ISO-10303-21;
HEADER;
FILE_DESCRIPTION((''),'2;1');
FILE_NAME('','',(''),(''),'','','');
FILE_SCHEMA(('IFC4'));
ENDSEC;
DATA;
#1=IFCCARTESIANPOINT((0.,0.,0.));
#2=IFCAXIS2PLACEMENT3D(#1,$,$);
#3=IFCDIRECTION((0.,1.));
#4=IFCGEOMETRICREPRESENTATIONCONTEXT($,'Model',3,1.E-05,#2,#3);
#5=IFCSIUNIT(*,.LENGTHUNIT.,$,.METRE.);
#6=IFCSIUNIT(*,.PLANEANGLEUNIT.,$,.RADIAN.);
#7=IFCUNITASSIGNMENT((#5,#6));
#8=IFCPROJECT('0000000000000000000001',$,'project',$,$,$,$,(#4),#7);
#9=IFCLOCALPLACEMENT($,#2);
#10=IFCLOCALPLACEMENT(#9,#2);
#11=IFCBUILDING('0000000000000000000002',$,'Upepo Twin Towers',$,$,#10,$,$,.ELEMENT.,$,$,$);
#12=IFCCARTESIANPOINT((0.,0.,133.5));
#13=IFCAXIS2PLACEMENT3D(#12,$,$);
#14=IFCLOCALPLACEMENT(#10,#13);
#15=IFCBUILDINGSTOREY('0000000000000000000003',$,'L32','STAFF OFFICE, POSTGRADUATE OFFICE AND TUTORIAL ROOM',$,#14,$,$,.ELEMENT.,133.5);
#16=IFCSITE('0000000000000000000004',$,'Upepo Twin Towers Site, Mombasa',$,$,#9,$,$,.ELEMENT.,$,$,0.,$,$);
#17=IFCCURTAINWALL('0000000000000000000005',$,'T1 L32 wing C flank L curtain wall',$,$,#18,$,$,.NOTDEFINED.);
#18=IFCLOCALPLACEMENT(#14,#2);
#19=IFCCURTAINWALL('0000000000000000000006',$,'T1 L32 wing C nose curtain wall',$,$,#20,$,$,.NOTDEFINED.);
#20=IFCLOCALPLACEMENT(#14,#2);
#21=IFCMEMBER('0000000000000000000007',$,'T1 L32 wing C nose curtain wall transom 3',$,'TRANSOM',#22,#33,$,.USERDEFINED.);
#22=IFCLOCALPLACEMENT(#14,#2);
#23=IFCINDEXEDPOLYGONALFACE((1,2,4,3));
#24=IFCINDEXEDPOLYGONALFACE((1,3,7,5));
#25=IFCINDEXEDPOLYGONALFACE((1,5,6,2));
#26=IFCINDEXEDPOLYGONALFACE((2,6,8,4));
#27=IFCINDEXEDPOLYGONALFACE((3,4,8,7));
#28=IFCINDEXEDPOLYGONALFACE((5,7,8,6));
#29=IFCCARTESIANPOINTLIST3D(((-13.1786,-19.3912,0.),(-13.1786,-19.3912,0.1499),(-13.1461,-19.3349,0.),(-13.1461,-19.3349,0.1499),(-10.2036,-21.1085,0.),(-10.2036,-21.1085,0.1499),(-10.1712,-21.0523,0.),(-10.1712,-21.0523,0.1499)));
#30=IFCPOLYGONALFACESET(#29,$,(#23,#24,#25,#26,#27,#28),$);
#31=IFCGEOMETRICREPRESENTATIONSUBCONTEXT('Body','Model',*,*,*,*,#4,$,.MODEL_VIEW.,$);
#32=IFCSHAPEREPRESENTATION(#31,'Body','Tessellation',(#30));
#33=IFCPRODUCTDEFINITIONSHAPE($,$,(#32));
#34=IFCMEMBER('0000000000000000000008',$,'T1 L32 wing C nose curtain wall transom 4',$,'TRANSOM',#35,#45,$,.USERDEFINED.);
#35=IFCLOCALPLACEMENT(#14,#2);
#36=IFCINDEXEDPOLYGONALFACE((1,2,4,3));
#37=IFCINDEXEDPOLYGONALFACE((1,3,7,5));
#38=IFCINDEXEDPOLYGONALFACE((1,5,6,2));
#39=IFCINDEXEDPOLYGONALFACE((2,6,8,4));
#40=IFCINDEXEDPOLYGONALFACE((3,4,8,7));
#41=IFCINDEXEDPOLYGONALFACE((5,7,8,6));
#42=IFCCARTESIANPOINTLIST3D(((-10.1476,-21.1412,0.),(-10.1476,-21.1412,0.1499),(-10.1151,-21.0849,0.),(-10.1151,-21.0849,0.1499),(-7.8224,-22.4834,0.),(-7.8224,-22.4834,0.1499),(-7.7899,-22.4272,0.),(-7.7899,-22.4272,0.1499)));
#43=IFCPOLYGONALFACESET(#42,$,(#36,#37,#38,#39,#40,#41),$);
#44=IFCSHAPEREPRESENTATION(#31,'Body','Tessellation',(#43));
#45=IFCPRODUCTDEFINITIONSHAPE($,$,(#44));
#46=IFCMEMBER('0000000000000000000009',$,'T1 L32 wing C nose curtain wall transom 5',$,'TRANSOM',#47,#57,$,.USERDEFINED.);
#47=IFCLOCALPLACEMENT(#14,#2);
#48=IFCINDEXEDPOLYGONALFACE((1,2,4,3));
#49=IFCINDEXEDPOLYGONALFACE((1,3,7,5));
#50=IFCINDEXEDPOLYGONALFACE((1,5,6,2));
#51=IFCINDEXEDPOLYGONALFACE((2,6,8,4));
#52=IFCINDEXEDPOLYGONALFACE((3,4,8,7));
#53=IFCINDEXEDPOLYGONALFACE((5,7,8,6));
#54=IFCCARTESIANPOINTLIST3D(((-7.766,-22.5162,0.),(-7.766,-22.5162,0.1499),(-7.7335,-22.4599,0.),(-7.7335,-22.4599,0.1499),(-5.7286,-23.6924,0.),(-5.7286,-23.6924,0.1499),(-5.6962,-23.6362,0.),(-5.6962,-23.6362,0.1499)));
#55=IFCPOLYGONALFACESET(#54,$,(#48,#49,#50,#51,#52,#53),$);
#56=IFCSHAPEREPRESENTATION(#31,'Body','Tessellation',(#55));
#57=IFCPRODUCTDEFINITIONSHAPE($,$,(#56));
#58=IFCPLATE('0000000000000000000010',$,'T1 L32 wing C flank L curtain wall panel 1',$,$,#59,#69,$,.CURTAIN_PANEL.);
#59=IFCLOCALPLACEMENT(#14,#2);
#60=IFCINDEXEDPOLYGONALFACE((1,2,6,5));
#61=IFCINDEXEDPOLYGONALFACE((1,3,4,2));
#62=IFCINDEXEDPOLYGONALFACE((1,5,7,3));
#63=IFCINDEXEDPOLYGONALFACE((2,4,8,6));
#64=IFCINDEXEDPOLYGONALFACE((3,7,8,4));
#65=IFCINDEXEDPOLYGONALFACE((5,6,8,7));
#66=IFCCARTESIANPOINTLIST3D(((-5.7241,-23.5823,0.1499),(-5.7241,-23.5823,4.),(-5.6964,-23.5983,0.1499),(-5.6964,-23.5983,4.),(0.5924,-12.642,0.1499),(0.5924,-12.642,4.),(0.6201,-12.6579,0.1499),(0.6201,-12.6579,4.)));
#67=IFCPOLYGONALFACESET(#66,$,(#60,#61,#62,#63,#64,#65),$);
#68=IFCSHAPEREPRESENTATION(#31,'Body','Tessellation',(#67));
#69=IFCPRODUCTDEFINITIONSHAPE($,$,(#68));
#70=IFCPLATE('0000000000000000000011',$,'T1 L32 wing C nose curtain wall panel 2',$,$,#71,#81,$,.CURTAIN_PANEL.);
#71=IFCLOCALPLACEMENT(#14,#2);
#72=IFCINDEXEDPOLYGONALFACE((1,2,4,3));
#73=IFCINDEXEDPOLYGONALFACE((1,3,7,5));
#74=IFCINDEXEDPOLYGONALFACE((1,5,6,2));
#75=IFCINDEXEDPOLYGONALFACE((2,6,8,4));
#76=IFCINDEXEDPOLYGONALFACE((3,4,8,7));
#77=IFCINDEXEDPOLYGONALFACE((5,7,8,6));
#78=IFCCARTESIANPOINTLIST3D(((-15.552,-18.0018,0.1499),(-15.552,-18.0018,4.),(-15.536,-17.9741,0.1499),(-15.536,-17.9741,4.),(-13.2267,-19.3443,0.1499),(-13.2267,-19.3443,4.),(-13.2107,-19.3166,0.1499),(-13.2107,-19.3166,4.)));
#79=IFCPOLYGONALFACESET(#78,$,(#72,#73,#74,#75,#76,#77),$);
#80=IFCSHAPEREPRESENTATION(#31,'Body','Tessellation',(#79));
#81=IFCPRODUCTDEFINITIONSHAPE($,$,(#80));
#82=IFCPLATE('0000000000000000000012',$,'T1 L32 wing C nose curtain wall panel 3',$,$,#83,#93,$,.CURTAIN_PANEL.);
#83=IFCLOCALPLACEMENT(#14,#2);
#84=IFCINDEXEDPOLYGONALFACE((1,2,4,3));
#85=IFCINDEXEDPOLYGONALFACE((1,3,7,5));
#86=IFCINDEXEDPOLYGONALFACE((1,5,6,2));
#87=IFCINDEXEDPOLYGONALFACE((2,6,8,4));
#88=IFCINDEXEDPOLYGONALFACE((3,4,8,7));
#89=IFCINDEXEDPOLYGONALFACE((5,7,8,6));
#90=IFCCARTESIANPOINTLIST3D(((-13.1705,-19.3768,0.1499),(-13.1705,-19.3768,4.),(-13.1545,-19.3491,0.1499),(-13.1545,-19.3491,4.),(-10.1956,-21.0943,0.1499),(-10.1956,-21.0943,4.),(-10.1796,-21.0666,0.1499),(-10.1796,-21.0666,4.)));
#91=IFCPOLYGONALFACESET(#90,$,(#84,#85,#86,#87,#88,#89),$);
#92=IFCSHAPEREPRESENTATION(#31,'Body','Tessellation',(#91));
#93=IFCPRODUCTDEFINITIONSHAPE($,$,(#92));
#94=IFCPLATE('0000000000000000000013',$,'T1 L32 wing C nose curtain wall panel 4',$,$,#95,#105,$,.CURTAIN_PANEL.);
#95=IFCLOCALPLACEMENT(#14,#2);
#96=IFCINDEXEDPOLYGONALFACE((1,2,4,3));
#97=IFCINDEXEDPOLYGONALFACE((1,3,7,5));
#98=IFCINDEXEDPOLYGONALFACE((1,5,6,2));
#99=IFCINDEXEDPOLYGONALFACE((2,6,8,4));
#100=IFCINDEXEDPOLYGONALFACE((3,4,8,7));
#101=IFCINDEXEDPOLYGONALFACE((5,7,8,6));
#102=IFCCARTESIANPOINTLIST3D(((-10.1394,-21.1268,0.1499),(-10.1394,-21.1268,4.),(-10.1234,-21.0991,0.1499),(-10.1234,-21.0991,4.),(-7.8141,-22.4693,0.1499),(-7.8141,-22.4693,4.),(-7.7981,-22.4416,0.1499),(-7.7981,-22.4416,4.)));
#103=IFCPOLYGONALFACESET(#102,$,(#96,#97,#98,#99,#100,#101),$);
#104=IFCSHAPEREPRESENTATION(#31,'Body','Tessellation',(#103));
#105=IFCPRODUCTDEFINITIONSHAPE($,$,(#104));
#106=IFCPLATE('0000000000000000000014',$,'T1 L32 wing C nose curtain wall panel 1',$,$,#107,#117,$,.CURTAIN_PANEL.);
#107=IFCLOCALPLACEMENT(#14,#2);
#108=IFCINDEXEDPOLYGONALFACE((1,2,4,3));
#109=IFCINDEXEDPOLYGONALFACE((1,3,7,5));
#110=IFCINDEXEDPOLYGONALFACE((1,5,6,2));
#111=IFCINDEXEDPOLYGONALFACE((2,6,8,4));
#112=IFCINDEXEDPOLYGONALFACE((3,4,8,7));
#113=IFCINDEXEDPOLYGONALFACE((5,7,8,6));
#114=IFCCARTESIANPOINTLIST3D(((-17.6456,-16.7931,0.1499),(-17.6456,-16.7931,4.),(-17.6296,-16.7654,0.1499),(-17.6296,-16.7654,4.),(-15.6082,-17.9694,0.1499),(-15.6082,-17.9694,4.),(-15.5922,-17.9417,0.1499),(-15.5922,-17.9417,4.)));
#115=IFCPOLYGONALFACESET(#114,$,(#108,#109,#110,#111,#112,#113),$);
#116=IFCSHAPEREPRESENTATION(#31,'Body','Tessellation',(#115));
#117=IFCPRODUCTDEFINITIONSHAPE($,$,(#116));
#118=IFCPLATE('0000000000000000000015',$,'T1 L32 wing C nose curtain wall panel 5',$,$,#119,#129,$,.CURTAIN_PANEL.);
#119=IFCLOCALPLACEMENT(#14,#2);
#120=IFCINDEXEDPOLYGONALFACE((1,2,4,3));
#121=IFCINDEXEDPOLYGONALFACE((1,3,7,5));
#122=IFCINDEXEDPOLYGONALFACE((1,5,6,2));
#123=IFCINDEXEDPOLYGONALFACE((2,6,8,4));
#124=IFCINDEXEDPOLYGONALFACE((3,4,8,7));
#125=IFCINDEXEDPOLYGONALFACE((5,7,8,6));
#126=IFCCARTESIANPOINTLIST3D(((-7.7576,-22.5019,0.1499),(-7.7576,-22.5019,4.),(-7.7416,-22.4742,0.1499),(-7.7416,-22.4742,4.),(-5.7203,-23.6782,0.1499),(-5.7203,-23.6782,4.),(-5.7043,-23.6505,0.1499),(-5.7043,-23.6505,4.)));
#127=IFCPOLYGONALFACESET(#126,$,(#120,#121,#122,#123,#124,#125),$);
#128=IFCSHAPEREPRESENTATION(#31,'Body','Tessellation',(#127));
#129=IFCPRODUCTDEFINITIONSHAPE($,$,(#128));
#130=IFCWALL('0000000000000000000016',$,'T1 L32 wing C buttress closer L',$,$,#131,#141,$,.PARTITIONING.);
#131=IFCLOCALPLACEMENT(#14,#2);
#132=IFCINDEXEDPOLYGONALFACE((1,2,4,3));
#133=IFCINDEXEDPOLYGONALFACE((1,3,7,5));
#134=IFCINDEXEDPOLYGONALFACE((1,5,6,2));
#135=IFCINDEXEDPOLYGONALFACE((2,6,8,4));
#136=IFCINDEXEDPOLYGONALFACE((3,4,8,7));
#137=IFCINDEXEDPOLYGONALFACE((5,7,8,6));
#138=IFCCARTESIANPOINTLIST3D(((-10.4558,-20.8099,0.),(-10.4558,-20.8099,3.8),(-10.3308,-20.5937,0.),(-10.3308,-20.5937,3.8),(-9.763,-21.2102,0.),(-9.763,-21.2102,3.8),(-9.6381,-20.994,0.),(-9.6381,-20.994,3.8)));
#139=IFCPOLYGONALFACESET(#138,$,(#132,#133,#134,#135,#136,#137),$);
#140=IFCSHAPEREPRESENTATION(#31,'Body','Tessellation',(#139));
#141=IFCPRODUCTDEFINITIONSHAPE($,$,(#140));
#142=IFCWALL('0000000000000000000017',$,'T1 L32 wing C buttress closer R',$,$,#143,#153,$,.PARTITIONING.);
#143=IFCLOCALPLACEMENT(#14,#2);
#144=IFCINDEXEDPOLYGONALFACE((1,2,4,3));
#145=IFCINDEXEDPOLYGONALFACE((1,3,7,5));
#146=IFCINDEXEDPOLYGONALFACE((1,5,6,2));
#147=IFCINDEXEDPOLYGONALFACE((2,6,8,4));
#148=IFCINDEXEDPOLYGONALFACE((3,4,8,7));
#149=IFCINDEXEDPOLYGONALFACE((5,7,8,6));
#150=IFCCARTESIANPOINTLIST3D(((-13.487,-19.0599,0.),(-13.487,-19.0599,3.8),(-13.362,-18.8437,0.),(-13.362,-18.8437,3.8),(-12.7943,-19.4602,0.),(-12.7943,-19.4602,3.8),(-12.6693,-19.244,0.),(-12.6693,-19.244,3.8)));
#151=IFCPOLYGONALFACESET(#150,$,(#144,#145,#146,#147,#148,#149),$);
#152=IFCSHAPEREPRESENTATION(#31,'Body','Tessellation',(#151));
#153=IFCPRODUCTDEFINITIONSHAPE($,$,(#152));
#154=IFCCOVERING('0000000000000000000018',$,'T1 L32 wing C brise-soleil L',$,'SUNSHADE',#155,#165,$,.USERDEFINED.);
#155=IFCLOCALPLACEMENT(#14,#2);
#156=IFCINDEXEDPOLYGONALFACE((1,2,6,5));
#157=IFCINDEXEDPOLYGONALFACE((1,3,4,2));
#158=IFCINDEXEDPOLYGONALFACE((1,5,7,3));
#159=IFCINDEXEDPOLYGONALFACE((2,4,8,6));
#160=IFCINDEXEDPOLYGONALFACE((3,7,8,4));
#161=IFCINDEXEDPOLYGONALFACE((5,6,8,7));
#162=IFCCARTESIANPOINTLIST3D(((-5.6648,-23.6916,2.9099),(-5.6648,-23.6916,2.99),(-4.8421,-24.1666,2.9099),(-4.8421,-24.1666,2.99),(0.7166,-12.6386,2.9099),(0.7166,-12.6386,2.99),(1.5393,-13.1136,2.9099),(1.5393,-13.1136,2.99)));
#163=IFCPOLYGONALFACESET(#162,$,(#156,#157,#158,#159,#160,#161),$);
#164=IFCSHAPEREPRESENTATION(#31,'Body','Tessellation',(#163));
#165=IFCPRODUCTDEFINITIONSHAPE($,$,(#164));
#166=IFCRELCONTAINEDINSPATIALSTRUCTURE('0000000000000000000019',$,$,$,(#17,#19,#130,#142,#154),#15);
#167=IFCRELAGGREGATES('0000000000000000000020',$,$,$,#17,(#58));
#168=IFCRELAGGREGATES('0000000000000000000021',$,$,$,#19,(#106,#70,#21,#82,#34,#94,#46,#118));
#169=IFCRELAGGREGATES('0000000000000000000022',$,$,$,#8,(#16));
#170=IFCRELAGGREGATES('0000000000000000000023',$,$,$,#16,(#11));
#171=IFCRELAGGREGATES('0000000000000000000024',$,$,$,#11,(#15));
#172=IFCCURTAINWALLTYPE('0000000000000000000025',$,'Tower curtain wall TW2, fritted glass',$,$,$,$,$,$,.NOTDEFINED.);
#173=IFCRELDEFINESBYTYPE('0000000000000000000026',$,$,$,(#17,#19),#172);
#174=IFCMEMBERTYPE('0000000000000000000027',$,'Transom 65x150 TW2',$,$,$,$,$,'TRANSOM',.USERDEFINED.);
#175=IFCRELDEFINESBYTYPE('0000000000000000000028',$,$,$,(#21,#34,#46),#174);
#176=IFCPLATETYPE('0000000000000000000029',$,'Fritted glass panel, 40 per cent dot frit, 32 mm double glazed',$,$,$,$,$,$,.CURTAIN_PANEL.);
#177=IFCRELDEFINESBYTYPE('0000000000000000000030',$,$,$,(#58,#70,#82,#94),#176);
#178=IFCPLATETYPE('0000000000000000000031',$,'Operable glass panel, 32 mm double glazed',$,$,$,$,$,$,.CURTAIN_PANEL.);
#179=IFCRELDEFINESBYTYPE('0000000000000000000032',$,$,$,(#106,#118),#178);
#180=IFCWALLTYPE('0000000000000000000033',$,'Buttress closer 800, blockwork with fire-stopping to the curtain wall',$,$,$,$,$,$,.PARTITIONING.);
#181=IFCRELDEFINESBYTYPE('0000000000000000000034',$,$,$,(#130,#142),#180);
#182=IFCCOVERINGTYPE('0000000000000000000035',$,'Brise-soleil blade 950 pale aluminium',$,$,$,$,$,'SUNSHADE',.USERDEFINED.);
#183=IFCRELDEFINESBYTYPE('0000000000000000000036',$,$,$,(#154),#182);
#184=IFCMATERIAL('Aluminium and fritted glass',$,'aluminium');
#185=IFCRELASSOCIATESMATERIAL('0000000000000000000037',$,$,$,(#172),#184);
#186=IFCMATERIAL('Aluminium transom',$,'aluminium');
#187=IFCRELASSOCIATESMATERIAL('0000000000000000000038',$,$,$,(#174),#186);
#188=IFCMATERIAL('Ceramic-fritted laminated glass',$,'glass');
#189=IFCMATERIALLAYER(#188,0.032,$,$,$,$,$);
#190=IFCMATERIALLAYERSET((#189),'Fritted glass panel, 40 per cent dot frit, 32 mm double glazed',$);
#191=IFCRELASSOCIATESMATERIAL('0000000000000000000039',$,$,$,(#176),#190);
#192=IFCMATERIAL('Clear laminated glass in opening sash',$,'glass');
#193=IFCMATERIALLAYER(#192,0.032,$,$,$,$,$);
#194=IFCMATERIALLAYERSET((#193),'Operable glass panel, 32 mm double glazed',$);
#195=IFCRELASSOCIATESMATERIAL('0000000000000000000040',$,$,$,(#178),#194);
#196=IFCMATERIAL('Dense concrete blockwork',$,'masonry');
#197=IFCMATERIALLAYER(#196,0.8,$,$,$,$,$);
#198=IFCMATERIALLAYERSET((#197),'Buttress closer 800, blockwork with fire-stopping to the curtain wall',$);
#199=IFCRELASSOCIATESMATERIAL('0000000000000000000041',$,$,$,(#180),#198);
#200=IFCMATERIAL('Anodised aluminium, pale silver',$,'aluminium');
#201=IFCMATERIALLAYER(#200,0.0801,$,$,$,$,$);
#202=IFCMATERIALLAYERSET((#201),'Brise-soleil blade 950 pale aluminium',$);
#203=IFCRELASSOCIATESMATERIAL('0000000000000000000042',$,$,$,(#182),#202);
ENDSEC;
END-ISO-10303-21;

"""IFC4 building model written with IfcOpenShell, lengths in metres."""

from ifc_helpers import new_model, si_unit, direction, frame, frame_2d, origin, origin_2d, place, context, subcontext, project, spatial, rectangle, extrude, material, layer, layer_set, material_profile, profile_set, type_object, element, aggregate, save


model = new_model("IFC4")

# Units and contexts
model_context = context("Model", 3, precision=1e-05, world=origin(), true_north=direction((0.0, 1.0)))
body_context = subcontext(model_context, "Body", "Model", "MODEL_VIEW")
ifc_project = project(units=[si_unit("LENGTHUNIT", "METRE"), si_unit("PLANEANGLEUNIT", "RADIAN")], contexts=[model_context])

# Site, building, storey
site_placement = place(None, origin())
site = spatial("IfcSite", under=ifc_project, at=site_placement, Name="Upepo Twin Towers Site, Mombasa", CompositionType="ELEMENT", RefElevation=0.0)
building_placement = place(site_placement, origin())
building = spatial("IfcBuilding", under=site, at=building_placement, Name="Upepo Twin Towers", CompositionType="ELEMENT")
storey_placement = place(building_placement, frame((0.0, 0.0, 133.5)))
storey = spatial("IfcBuildingStorey", under=building, at=storey_placement, Name="L32", Description="STAFF OFFICE, POSTGRADUATE OFFICE AND TUTORIAL ROOM", CompositionType="ELEMENT", Elevation=133.5)

# Curtain wall
ifc_material_1 = material(Name="Aluminium and fritted glass", Category="aluminium")
curtain_wall_type = type_object("IfcCurtainWallType", Name="Tower curtain wall TW2, fritted glass", PredefinedType="NOTDEFINED", material=ifc_material_1)
curtain_wall_1_placement = place(storey_placement, origin())
curtain_wall_1 = element("IfcCurtainWall", 1, at=curtain_wall_1_placement, inside=storey, type_object=curtain_wall_type, Name="T1 L32 wing C flank L curtain wall", PredefinedType="NOTDEFINED")

# Curtain wall
curtain_wall_2_placement = place(storey_placement, origin())
curtain_wall_2 = element("IfcCurtainWall", 2, at=curtain_wall_2_placement, inside=storey, type_object=curtain_wall_type, Name="T1 L32 wing C nose curtain wall", PredefinedType="NOTDEFINED")

# Members
ifc_material_2 = material(Name="Aluminium transom", Category="aluminium")
ifc_material_profile_1 = material_profile(ifc_material_2, rectangle(XDim=0.0649, YDim=0.1499, at=origin_2d()), Name="TRANSOM 65x150")
ifc_profile_set_1 = profile_set([ifc_material_profile_1], Name="Aluminium transom")
member_type_1 = type_object("IfcMemberType", Name="Transom 65x150 TW2", ElementType="TRANSOM", PredefinedType="USERDEFINED", material=ifc_profile_set_1)
member_1_placement = place(storey_placement, frame((-13.1624, -19.363, 0.075), z_axis=(0.866057, -0.499946, 0.0), x_axis=(0.499946, 0.866057, 0.0)))
member_1 = element("IfcMember", 3, at=member_1_placement, type_object=member_type_1, Name="T1 L32 wing C nose curtain wall transom 3", ObjectType="TRANSOM", PredefinedType="USERDEFINED", context=body_context, shape_type="SweptSolid", body=[
    extrude(rectangle(XDim=0.0649, YDim=0.1499, at=origin_2d()), origin(), (0.0, 0.0, 1.0), 3.4351),
])
member_2_placement = place(storey_placement, frame((-10.1313, -21.113, 0.075), z_axis=(0.866052, -0.499953, 0.0), x_axis=(0.499953, 0.866052, 0.0)))
member_2 = element("IfcMember", 4, at=member_2_placement, type_object=member_type_1, Name="T1 L32 wing C nose curtain wall transom 4", ObjectType="TRANSOM", PredefinedType="USERDEFINED", context=body_context, shape_type="SweptSolid", body=[
    extrude(rectangle(XDim=0.0649, YDim=0.1499, at=origin_2d()), origin(), (0.0, 0.0, 1.0), 2.6848),
])
member_3_placement = place(storey_placement, frame((-7.7498, -22.488, 0.075), z_axis=(0.866025, -0.500001, 0.0), x_axis=(0.500001, 0.866025, 0.0)))
member_3 = element("IfcMember", 5, at=member_3_placement, type_object=member_type_1, Name="T1 L32 wing C nose curtain wall transom 5", ObjectType="TRANSOM", PredefinedType="USERDEFINED", context=body_context, shape_type="SweptSolid", body=[
    extrude(rectangle(XDim=0.0649, YDim=0.1499, at=origin_2d()), origin(), (0.0, 0.0, 1.0), 2.3525),
])

# Plates
ifc_material_3 = material(Name="Ceramic-fritted laminated glass", Category="glass")
ifc_layer_1 = layer(ifc_material_3, 0.032)
ifc_layer_set_1 = layer_set([ifc_layer_1], Name="Fritted glass panel, 40 per cent dot frit, 32 mm double glazed")
plate_type_1 = type_object("IfcPlateType", Name="Fritted glass panel, 40 per cent dot frit, 32 mm double glazed", PredefinedType="CURTAIN_PANEL", material=ifc_layer_set_1)
plate_1_placement = place(storey_placement, frame((-2.552, -18.1201, 0.1499), z_axis=(0.0, 0.0, 1.0), x_axis=(-0.5, -0.866025, 0.0)))
plate_1 = element("IfcPlate", 6, at=plate_1_placement, type_object=plate_type_1, Name="T1 L32 wing C flank L curtain wall panel 1", PredefinedType="CURTAIN_PANEL", context=body_context, shape_type="SweptSolid", body=[
    extrude(rectangle(XDim=12.6328, YDim=0.032, at=origin_2d()), origin(), (0.0, 0.0, 1.0), 3.8501),
])
aggregate(curtain_wall_1, [plate_1])
plate_2_placement = place(storey_placement, frame((-14.3813, -18.6592, 0.1499), z_axis=(0.0, 0.0, 1.0), x_axis=(0.866025, -0.5, 0.0)))
plate_2 = element("IfcPlate", 7, at=plate_2_placement, type_object=plate_type_1, Name="T1 L32 wing C nose curtain wall panel 2", PredefinedType="CURTAIN_PANEL", context=body_context, shape_type="SweptSolid", body=[
    extrude(rectangle(XDim=2.6851, YDim=0.032, at=origin_2d()), origin(), (0.0, 0.0, 1.0), 3.8501),
])
plate_3_placement = place(storey_placement, frame((-11.675, -20.2217, 0.1499), z_axis=(0.0, 0.0, 1.0), x_axis=(0.866025, -0.5, 0.0)))
plate_3 = element("IfcPlate", 8, at=plate_3_placement, type_object=plate_type_1, Name="T1 L32 wing C nose curtain wall panel 3", PredefinedType="CURTAIN_PANEL", context=body_context, shape_type="SweptSolid", body=[
    extrude(rectangle(XDim=3.4351, YDim=0.032, at=origin_2d()), origin(), (0.0, 0.0, 1.0), 3.8501),
])
plate_4_placement = place(storey_placement, frame((-8.9688, -21.7842, 0.1499), z_axis=(0.0, 0.0, 1.0), x_axis=(0.866025, -0.5, 0.0)))
plate_4 = element("IfcPlate", 9, at=plate_4_placement, type_object=plate_type_1, Name="T1 L32 wing C nose curtain wall panel 4", PredefinedType="CURTAIN_PANEL", context=body_context, shape_type="SweptSolid", body=[
    extrude(rectangle(XDim=2.6851, YDim=0.032, at=origin_2d()), origin(), (0.0, 0.0, 1.0), 3.8501),
])
ifc_material_4 = material(Name="Clear laminated glass in opening sash", Category="glass")
ifc_layer_2 = layer(ifc_material_4, 0.032)
ifc_layer_set_2 = layer_set([ifc_layer_2], Name="Operable glass panel, 32 mm double glazed")
plate_type_2 = type_object("IfcPlateType", Name="Operable glass panel, 32 mm double glazed", PredefinedType="CURTAIN_PANEL", material=ifc_layer_set_2)
plate_5_placement = place(storey_placement, frame((-16.6189, -17.3674, 0.1499), z_axis=(0.0, 0.0, 1.0), x_axis=(0.866025, -0.5, 0.0)))
plate_5 = element("IfcPlate", 10, at=plate_5_placement, type_object=plate_type_2, Name="T1 L32 wing C nose curtain wall panel 1", PredefinedType="CURTAIN_PANEL", context=body_context, shape_type="SweptSolid", body=[
    extrude(rectangle(XDim=2.3525, YDim=0.032, at=origin_2d()), origin(), (0.0, 0.0, 1.0), 3.8501),
])
plate_6_placement = place(storey_placement, frame((-6.731, -23.0762, 0.1499), z_axis=(0.0, 0.0, 1.0), x_axis=(0.866025, -0.5, 0.0)))
plate_6 = element("IfcPlate", 11, at=plate_6_placement, type_object=plate_type_2, Name="T1 L32 wing C nose curtain wall panel 5", PredefinedType="CURTAIN_PANEL", context=body_context, shape_type="SweptSolid", body=[
    extrude(rectangle(XDim=2.3525, YDim=0.032, at=origin_2d()), origin(), (0.0, 0.0, 1.0), 3.8501),
])
aggregate(curtain_wall_2, [plate_5, plate_2, member_1, plate_3, member_2, plate_4, member_3, plate_6])

# Walls
ifc_material_5 = material(Name="Dense concrete blockwork", Category="masonry")
ifc_layer_3 = layer(ifc_material_5, 0.8)
ifc_layer_set_3 = layer_set([ifc_layer_3], Name="Buttress closer 800, blockwork with fire-stopping to the curtain wall")
wall_type = type_object("IfcWallType", Name="Buttress closer 800, blockwork with fire-stopping to the curtain wall", PredefinedType="PARTITIONING", material=ifc_layer_set_3)
for number, where, z_axis, x_axis, name in (
    (12, (-9.9844, -20.7937, 0.0), (0.0, 0.0, 1.0), (-0.500343, -0.865827, 0.0), "T1 L32 wing C buttress closer L"),
    (13, (-13.0156, -19.0437, 0.0), (0.0, 0.0, 1.0), (-0.500343, -0.865827, 0.0), "T1 L32 wing C buttress closer R"),
):
    element("IfcWall", number, at=place(storey_placement, frame(where, z_axis=z_axis, x_axis=x_axis)), inside=storey, type_object=wall_type, Name=name, PredefinedType="PARTITIONING", context=body_context, shape_type="SweptSolid", body=[
        extrude(rectangle(XDim=0.2498, YDim=0.8, at=frame_2d((0.125, 0.0))), origin(), (0.0, 0.0, 1.0), 3.8),
    ])

# Covering
ifc_material_6 = material(Name="Anodised aluminium, pale silver", Category="aluminium")
ifc_layer_4 = layer(ifc_material_6, 0.0801)
ifc_layer_set_4 = layer_set([ifc_layer_4], Name="Brise-soleil blade 950 pale aluminium")
covering_type = type_object("IfcCoveringType", Name="Brise-soleil blade 950 pale aluminium", ElementType="SUNSHADE", PredefinedType="USERDEFINED", material=ifc_layer_set_4)
covering_placement = place(storey_placement, frame((-2.0627, -18.4026, 2.9099), z_axis=(0.0, 0.0, 1.0), x_axis=(-0.5, -0.866025, 0.0)))
element("IfcCovering", 14, at=covering_placement, inside=storey, type_object=covering_type, Name="T1 L32 wing C brise-soleil L", ObjectType="SUNSHADE", PredefinedType="USERDEFINED", context=body_context, shape_type="SweptSolid", body=[
    extrude(rectangle(XDim=12.7629, YDim=0.95, at=origin_2d()), origin(), (0.0, 0.0, 1.0), 0.0801),
])

save(model, "model.ifc")
